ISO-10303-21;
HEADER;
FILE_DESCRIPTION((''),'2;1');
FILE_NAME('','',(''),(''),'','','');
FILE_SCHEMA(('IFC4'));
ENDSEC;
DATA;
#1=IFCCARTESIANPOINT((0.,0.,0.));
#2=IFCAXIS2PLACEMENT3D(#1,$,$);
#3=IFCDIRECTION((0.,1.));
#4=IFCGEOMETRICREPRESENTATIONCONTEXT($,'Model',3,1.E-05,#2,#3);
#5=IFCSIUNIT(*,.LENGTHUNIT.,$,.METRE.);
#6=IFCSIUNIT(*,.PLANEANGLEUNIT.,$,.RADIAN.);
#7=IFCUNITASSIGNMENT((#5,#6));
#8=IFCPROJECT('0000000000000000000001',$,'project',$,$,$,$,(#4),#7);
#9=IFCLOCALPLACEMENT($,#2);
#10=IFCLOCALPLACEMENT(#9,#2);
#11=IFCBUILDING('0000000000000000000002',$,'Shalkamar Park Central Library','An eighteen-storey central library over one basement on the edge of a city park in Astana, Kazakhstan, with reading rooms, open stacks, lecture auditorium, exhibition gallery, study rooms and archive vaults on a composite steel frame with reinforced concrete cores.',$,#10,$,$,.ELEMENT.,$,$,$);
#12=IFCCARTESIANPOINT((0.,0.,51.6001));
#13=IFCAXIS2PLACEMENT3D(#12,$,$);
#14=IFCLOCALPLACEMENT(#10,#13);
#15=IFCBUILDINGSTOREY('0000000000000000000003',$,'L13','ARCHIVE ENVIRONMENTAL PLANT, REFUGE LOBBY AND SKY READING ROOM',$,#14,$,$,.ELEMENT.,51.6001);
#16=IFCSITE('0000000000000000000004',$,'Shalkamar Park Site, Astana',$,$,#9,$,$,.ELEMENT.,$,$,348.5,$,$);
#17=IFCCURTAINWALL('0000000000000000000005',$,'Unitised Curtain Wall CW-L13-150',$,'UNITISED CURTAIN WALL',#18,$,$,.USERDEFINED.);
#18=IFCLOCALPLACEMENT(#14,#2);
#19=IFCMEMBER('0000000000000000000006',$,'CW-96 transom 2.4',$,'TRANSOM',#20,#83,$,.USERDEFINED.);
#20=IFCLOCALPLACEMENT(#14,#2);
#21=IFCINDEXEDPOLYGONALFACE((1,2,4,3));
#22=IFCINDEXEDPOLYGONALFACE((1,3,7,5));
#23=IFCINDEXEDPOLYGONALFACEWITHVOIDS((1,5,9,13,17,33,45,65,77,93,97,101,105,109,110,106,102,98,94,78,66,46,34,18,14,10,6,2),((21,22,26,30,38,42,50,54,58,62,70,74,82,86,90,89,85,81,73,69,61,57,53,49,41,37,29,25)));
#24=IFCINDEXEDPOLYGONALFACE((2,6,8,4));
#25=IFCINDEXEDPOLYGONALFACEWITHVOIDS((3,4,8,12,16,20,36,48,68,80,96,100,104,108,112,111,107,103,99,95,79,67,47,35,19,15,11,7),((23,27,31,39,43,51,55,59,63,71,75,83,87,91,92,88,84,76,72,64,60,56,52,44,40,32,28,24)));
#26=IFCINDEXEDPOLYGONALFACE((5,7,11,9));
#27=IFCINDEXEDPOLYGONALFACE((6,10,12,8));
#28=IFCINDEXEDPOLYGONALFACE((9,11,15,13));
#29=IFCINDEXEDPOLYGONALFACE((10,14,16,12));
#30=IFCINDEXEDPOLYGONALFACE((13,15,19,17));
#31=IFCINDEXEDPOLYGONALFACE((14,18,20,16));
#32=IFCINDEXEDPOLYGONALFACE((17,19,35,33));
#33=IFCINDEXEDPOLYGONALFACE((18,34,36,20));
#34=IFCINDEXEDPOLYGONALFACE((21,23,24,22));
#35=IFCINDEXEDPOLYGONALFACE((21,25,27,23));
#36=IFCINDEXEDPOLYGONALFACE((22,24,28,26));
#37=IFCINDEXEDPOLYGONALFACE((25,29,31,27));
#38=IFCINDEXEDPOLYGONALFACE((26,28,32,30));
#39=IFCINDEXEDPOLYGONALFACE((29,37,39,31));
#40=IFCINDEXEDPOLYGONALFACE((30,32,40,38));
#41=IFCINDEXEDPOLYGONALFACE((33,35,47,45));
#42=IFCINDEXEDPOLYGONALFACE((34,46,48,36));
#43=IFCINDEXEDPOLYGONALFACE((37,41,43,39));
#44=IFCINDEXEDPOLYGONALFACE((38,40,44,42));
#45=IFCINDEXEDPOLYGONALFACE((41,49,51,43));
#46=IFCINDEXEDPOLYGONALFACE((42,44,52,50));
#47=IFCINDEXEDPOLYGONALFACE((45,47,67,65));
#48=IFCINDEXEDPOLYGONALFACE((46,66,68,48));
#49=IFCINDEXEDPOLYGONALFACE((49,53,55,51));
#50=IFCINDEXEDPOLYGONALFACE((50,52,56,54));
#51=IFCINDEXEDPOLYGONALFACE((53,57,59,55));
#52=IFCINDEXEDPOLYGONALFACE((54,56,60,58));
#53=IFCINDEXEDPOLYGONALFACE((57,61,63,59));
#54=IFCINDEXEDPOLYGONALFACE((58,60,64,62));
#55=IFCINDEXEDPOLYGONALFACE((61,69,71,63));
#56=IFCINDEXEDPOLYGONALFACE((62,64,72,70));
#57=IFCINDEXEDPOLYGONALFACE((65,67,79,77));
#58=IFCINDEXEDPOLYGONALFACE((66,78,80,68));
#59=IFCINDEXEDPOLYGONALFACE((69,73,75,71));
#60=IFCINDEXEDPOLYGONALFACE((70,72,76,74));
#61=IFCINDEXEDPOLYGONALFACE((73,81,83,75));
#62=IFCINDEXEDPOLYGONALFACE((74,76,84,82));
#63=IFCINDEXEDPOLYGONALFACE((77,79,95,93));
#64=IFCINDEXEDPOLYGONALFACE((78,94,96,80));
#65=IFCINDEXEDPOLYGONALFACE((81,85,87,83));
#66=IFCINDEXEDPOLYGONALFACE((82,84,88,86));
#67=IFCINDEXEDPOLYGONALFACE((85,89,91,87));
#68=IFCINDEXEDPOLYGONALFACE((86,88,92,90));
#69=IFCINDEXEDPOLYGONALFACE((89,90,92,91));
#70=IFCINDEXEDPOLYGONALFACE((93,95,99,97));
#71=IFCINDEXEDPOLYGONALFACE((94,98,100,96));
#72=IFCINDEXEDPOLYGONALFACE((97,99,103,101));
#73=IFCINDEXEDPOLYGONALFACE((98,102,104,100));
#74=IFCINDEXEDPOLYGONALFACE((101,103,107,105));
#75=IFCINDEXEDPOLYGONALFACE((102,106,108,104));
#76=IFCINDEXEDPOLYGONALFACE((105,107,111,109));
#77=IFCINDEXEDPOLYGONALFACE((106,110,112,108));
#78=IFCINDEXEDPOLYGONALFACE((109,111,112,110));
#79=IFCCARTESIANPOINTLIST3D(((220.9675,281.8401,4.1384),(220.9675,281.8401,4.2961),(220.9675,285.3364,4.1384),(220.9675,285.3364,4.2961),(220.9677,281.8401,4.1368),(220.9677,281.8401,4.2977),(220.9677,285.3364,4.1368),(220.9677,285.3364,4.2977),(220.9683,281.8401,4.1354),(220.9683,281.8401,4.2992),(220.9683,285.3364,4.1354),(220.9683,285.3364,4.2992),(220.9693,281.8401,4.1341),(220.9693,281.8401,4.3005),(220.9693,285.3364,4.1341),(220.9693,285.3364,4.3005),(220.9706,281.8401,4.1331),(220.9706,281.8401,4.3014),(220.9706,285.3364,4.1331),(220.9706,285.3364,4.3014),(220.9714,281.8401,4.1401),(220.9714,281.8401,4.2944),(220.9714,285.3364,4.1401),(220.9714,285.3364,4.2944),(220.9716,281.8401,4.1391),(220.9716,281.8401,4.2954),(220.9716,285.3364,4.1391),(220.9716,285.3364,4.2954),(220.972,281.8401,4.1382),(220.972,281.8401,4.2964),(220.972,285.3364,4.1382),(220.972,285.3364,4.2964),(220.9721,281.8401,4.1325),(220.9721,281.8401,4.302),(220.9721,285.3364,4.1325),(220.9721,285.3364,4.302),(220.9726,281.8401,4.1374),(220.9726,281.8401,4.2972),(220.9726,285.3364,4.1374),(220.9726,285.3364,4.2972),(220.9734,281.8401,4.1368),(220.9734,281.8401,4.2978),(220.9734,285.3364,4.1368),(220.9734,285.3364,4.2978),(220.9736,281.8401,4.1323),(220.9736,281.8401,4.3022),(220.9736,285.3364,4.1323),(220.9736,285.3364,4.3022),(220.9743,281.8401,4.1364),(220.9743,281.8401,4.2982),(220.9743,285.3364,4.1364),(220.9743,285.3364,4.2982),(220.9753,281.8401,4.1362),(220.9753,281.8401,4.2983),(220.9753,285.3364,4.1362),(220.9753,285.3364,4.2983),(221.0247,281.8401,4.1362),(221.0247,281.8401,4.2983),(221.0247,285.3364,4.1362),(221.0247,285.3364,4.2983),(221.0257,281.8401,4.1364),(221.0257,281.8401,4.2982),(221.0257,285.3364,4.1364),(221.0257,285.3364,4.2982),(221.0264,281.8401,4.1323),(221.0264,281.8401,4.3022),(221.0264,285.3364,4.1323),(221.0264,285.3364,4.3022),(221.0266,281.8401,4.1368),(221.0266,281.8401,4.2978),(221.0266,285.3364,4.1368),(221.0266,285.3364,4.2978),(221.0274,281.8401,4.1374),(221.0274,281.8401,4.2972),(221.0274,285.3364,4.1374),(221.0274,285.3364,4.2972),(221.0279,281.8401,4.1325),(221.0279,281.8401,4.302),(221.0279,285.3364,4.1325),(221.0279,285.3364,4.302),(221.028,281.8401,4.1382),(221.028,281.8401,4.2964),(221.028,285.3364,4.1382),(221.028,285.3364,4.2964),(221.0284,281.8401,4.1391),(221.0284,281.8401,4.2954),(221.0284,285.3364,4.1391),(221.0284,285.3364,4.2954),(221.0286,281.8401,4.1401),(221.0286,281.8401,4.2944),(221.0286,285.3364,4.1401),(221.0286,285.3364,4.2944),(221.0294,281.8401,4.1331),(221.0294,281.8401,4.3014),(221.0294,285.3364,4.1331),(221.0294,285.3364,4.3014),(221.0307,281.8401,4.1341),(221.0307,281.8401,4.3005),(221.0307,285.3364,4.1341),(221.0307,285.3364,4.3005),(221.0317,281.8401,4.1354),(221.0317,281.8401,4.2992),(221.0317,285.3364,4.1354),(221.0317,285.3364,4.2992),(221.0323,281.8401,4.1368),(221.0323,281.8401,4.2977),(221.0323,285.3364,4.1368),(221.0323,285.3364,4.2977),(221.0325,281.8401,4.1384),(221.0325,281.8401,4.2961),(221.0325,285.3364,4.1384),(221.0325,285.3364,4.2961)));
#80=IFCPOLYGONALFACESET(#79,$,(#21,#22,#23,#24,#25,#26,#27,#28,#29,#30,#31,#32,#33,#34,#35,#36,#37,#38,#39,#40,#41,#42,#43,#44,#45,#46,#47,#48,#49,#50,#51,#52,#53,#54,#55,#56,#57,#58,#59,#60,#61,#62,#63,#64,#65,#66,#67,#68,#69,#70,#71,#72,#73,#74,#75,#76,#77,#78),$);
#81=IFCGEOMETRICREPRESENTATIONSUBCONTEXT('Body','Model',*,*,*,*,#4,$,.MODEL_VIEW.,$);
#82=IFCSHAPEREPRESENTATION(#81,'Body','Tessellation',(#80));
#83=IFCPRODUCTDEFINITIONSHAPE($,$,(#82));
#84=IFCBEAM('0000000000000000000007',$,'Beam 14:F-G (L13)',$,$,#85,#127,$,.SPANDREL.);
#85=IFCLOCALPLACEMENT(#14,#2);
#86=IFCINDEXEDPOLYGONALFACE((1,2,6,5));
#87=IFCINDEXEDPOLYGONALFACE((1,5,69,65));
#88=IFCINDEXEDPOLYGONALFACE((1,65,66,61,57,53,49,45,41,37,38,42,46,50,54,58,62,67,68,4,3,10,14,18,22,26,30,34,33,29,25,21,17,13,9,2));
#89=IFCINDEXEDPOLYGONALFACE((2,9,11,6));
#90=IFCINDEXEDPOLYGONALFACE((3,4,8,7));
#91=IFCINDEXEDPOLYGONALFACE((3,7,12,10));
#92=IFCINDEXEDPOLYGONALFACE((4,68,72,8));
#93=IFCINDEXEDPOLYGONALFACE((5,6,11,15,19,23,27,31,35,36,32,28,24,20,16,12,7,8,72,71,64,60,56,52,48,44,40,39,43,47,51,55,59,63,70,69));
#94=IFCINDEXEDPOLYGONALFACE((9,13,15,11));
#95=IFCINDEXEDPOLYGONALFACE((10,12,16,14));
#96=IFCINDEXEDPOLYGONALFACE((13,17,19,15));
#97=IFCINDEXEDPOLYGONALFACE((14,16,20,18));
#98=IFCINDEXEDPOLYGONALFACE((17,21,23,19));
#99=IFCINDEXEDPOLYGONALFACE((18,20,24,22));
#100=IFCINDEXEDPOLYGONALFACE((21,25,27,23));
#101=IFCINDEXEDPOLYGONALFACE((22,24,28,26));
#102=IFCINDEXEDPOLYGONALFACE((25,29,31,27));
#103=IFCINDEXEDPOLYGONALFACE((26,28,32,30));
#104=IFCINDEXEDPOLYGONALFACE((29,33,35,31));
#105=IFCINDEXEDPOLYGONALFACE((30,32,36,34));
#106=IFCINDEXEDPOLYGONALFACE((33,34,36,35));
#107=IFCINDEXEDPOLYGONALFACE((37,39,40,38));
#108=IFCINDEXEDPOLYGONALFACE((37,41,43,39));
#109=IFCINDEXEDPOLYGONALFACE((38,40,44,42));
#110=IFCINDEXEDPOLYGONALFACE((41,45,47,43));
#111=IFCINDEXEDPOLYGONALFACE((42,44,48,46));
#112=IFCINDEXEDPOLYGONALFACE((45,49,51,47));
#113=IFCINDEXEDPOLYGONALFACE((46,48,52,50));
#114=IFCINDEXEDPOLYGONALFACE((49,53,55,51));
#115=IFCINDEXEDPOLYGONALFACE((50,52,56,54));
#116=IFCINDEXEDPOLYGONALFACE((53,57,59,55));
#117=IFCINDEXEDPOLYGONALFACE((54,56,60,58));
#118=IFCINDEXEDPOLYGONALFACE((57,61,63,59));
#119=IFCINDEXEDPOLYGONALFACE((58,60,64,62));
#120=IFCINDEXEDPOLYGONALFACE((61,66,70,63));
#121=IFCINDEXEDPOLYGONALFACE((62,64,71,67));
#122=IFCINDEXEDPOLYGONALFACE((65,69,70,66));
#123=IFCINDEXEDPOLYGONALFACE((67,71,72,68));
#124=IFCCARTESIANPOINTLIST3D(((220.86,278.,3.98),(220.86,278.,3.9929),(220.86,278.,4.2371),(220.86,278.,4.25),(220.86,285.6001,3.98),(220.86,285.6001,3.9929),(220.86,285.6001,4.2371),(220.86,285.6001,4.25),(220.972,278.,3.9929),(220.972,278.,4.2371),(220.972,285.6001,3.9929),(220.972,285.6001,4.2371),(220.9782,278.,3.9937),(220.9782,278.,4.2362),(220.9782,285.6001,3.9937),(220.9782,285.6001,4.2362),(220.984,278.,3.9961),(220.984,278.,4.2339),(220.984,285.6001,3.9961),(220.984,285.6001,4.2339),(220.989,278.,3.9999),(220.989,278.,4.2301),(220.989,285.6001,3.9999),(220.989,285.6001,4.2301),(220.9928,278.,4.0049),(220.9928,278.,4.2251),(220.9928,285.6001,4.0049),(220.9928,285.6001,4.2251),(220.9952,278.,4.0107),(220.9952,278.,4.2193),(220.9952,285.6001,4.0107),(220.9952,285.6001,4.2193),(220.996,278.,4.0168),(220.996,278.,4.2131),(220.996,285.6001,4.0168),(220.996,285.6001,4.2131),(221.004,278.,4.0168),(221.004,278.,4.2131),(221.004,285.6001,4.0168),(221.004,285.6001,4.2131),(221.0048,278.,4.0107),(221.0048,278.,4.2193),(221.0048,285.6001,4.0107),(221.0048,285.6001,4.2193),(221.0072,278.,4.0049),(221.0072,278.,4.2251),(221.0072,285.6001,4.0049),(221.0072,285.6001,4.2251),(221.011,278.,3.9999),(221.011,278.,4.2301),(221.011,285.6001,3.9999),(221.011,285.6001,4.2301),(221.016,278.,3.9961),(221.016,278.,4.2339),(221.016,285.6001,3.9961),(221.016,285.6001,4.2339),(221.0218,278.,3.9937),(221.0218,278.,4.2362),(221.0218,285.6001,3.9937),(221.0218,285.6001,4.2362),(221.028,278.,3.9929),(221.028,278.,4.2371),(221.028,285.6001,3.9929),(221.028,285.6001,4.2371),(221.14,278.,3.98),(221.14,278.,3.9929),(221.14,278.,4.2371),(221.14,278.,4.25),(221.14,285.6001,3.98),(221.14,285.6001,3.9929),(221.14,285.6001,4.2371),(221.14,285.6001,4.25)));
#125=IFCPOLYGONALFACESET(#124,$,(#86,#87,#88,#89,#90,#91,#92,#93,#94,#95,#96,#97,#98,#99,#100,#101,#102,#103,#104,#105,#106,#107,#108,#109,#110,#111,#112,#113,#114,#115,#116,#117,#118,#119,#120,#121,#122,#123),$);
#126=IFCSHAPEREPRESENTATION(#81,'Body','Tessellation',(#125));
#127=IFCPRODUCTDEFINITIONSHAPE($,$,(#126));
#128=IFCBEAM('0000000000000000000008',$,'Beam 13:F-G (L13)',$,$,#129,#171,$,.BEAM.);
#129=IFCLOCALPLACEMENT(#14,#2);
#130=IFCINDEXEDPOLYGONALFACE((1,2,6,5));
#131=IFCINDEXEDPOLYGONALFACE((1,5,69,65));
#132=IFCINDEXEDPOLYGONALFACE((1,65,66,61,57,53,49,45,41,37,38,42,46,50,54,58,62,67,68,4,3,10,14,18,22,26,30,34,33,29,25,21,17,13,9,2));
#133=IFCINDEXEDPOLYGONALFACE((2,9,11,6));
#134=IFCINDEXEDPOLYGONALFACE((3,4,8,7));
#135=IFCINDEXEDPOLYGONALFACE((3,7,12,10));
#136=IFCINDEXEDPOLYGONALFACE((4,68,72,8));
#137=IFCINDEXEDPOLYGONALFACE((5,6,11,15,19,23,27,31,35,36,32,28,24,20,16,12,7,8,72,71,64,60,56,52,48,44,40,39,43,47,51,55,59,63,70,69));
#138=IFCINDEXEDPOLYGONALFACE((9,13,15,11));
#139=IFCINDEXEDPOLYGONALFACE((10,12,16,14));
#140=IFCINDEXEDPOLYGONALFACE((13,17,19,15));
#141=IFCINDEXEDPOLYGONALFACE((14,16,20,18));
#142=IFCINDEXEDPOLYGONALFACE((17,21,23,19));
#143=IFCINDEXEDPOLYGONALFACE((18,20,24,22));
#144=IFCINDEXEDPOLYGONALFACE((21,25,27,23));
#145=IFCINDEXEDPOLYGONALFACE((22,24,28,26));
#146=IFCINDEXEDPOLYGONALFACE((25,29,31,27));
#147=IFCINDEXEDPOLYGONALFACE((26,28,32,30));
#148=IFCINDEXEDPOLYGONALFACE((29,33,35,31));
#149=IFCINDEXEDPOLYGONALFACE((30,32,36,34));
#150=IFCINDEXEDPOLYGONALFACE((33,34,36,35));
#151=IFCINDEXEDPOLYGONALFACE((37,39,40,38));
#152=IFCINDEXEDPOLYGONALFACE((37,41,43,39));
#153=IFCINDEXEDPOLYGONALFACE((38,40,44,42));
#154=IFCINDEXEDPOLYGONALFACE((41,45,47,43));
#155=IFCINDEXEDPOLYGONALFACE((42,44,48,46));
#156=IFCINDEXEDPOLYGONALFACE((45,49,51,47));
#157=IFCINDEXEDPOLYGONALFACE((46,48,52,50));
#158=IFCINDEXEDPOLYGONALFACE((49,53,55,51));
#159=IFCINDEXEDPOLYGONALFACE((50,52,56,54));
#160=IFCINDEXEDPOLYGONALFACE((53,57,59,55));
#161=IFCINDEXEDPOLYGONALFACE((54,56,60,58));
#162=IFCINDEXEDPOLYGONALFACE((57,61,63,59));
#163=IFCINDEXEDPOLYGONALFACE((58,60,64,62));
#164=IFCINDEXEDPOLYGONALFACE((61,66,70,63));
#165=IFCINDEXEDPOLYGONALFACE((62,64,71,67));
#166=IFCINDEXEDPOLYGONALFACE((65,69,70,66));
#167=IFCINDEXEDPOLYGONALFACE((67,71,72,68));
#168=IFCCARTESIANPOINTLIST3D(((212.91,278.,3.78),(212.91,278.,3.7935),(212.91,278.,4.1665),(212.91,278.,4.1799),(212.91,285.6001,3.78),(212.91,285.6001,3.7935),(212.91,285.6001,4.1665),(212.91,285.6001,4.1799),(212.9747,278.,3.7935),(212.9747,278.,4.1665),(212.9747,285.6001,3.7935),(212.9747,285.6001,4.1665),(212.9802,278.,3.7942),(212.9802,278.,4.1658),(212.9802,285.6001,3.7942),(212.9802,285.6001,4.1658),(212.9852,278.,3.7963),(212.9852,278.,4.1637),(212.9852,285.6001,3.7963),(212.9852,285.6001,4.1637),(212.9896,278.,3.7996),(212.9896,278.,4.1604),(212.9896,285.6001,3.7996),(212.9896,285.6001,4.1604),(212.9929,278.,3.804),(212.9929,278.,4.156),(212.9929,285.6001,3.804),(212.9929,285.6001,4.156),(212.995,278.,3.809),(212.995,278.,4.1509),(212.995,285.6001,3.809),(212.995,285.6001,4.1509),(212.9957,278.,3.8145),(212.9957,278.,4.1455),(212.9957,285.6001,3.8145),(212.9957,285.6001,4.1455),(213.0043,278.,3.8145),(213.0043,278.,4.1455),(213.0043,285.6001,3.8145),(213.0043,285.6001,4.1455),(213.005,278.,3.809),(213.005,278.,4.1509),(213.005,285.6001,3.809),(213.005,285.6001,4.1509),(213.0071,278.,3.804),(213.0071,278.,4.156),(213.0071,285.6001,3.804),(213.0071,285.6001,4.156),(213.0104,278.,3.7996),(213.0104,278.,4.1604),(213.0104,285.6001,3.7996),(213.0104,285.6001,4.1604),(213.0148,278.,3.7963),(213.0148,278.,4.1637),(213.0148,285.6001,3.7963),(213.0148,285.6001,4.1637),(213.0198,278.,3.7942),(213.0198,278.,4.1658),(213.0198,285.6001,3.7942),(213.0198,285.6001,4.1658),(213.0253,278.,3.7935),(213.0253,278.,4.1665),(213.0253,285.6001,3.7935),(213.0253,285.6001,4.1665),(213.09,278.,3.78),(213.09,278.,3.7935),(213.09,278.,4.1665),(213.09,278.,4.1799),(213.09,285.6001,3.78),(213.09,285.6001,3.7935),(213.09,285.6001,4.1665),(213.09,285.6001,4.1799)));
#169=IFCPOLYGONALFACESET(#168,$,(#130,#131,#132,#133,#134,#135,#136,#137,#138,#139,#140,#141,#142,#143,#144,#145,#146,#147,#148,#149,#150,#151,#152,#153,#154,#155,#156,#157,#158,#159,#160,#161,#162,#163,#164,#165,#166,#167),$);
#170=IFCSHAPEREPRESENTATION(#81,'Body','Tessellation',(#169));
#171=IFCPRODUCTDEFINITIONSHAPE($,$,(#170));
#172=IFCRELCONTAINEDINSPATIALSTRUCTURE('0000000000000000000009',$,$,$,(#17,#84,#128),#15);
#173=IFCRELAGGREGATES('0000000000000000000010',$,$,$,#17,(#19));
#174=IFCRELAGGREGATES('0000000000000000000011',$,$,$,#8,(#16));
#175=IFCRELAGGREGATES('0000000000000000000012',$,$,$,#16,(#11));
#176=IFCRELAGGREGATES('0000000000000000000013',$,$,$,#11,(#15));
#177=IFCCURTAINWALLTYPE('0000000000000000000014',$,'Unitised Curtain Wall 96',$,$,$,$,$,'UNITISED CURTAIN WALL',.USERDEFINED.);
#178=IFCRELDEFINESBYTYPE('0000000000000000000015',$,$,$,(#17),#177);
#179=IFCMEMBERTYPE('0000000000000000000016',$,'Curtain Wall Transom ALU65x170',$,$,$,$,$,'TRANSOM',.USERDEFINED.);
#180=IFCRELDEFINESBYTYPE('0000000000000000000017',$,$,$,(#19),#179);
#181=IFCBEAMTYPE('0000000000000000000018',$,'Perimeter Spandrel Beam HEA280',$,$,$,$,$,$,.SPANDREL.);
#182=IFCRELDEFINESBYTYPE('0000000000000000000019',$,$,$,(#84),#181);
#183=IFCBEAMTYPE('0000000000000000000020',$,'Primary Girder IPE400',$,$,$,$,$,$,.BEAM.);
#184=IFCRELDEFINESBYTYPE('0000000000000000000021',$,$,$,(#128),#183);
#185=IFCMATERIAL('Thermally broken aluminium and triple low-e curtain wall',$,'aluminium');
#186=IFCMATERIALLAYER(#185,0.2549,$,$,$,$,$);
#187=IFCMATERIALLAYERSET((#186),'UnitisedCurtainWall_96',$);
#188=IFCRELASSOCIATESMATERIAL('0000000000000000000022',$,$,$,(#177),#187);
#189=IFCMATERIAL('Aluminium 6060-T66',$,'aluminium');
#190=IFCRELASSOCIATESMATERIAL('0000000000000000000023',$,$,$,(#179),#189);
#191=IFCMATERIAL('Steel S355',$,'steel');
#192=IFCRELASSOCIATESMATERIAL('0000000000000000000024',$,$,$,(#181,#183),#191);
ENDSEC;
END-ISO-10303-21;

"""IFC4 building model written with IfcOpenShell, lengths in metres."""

from ifc_helpers import new_model, si_unit, direction, frame, origin, origin_2d, place, context, subcontext, project, spatial, hollow_rectangle, i_section, extrude, material, layer, layer_set, material_profile, profile_set, type_object, element, aggregate, save


model = new_model("IFC4")

# Units and contexts
model_context = context("Model", 3, precision=1e-05, world=origin(), true_north=direction((0.0, 1.0)))
body_context = subcontext(model_context, "Body", "Model", "MODEL_VIEW")
ifc_project = project(units=[si_unit("LENGTHUNIT", "METRE"), si_unit("PLANEANGLEUNIT", "RADIAN")], contexts=[model_context])

# Site, building, storey
site_placement = place(None, origin())
site = spatial("IfcSite", under=ifc_project, at=site_placement, Name="Shalkamar Park Site, Astana", CompositionType="ELEMENT", RefElevation=348.5)
building_placement = place(site_placement, origin())
building = spatial("IfcBuilding", under=site, at=building_placement, Name="Shalkamar Park Central Library", Description="An eighteen-storey central library over one basement on the edge of a city park in Astana, Kazakhstan, with reading rooms, open stacks, lecture auditorium, exhibition gallery, study rooms and archive vaults on a composite steel frame with reinforced concrete cores.", CompositionType="ELEMENT")
storey_placement = place(building_placement, frame((0.0, 0.0, 51.6001)))
storey = spatial("IfcBuildingStorey", under=building, at=storey_placement, Name="L13", Description="ARCHIVE ENVIRONMENTAL PLANT, REFUGE LOBBY AND SKY READING ROOM", CompositionType="ELEMENT", Elevation=51.6001)

# Shared definitions
ifc_material_1 = material(Name="Steel S355", Category="steel")

# Curtain wall, member
ifc_material_2 = material(Name="Thermally broken aluminium and triple low-e curtain wall", Category="aluminium")
ifc_layer_1 = layer(ifc_material_2, 0.2549)
ifc_layer_set_1 = layer_set([ifc_layer_1], Name="UnitisedCurtainWall_96")
curtain_wall_type = type_object("IfcCurtainWallType", Name="Unitised Curtain Wall 96", ElementType="UNITISED CURTAIN WALL", PredefinedType="USERDEFINED", material=ifc_layer_set_1)
curtain_wall_placement = place(storey_placement, origin())
curtain_wall = element("IfcCurtainWall", 1, at=curtain_wall_placement, inside=storey, type_object=curtain_wall_type, Name="Unitised Curtain Wall CW-L13-150", ObjectType="UNITISED CURTAIN WALL", PredefinedType="USERDEFINED")
ifc_material_3 = material(Name="Aluminium 6060-T66", Category="aluminium")
ifc_material_profile_1 = material_profile(ifc_material_3, hollow_rectangle(XDim=0.0649, YDim=0.1699, WallThickness=0.0039, InnerFilletRadius=0.0039, OuterFilletRadius=0.0061, at=origin_2d()), Name="ALU 65x170x4")
ifc_profile_set_1 = profile_set([ifc_material_profile_1], Name="Aluminium 6060-T66")
member_type_1 = type_object("IfcMemberType", Name="Curtain Wall Transom ALU65x170", ElementType="TRANSOM", PredefinedType="USERDEFINED", material=ifc_profile_set_1)
member_1_placement = place(storey_placement, frame((221.0, 281.8401, 4.2173), z_axis=(0.0, 1.0, 0.0), x_axis=(-1.0, 0.0, 0.0)))
member_1 = element("IfcMember", 2, at=member_1_placement, type_object=member_type_1, Name="CW-96 transom 2.4", ObjectType="TRANSOM", PredefinedType="USERDEFINED", context=body_context, shape_type="SweptSolid", body=[
    extrude(hollow_rectangle(XDim=0.0649, YDim=0.1699, WallThickness=0.0039, InnerFilletRadius=0.0039, OuterFilletRadius=0.0061, at=origin_2d()), origin(), (0.0, 0.0, 1.0), 3.4963),
])

# Beams
ifc_material_profile_2 = material_profile(ifc_material_1, i_section(OverallWidth=0.28, OverallDepth=0.27, WebThickness=0.0081, FlangeThickness=0.0129, FilletRadius=0.0239, at=origin_2d()), Name="HEA 280")
ifc_profile_set_2 = profile_set([ifc_material_profile_2], Name="Steel S355")
beam_type_1 = type_object("IfcBeamType", Name="Perimeter Spandrel Beam HEA280", PredefinedType="SPANDREL", material=ifc_profile_set_2)
beam_1_placement = place(storey_placement, frame((221.0, 278.0, 4.115), z_axis=(0.0, 1.0, 0.0), x_axis=(-1.0, 0.0, 0.0)))
element("IfcBeam", 3, at=beam_1_placement, inside=storey, type_object=beam_type_1, Name="Beam 14:F-G (L13)", PredefinedType="SPANDREL", context=body_context, shape_type="SweptSolid", body=[
    extrude(i_section(OverallWidth=0.28, OverallDepth=0.27, WebThickness=0.0081, FlangeThickness=0.0129, FilletRadius=0.0239, at=origin_2d()), origin(), (0.0, 0.0, 1.0), 7.6001),
])
ifc_material_profile_3 = material_profile(ifc_material_1, i_section(OverallWidth=0.1799, OverallDepth=0.3999, WebThickness=0.0085, FlangeThickness=0.0134, FilletRadius=0.021, at=origin_2d()), Name="IPE 400")
ifc_profile_set_3 = profile_set([ifc_material_profile_3], Name="Steel S355")
beam_type_2 = type_object("IfcBeamType", Name="Primary Girder IPE400", PredefinedType="BEAM", material=ifc_profile_set_3)
beam_2_placement = place(storey_placement, frame((213.0, 278.0, 3.98), z_axis=(0.0, 1.0, 0.0), x_axis=(-1.0, 0.0, 0.0)))
element("IfcBeam", 4, at=beam_2_placement, inside=storey, type_object=beam_type_2, Name="Beam 13:F-G (L13)", PredefinedType="BEAM", context=body_context, shape_type="SweptSolid", body=[
    extrude(i_section(OverallWidth=0.1799, OverallDepth=0.3999, WebThickness=0.0085, FlangeThickness=0.0134, FilletRadius=0.021, at=origin_2d()), origin(), (0.0, 0.0, 1.0), 7.6001),
])

aggregate(curtain_wall, [member_1])

save(model, "model.ifc")
